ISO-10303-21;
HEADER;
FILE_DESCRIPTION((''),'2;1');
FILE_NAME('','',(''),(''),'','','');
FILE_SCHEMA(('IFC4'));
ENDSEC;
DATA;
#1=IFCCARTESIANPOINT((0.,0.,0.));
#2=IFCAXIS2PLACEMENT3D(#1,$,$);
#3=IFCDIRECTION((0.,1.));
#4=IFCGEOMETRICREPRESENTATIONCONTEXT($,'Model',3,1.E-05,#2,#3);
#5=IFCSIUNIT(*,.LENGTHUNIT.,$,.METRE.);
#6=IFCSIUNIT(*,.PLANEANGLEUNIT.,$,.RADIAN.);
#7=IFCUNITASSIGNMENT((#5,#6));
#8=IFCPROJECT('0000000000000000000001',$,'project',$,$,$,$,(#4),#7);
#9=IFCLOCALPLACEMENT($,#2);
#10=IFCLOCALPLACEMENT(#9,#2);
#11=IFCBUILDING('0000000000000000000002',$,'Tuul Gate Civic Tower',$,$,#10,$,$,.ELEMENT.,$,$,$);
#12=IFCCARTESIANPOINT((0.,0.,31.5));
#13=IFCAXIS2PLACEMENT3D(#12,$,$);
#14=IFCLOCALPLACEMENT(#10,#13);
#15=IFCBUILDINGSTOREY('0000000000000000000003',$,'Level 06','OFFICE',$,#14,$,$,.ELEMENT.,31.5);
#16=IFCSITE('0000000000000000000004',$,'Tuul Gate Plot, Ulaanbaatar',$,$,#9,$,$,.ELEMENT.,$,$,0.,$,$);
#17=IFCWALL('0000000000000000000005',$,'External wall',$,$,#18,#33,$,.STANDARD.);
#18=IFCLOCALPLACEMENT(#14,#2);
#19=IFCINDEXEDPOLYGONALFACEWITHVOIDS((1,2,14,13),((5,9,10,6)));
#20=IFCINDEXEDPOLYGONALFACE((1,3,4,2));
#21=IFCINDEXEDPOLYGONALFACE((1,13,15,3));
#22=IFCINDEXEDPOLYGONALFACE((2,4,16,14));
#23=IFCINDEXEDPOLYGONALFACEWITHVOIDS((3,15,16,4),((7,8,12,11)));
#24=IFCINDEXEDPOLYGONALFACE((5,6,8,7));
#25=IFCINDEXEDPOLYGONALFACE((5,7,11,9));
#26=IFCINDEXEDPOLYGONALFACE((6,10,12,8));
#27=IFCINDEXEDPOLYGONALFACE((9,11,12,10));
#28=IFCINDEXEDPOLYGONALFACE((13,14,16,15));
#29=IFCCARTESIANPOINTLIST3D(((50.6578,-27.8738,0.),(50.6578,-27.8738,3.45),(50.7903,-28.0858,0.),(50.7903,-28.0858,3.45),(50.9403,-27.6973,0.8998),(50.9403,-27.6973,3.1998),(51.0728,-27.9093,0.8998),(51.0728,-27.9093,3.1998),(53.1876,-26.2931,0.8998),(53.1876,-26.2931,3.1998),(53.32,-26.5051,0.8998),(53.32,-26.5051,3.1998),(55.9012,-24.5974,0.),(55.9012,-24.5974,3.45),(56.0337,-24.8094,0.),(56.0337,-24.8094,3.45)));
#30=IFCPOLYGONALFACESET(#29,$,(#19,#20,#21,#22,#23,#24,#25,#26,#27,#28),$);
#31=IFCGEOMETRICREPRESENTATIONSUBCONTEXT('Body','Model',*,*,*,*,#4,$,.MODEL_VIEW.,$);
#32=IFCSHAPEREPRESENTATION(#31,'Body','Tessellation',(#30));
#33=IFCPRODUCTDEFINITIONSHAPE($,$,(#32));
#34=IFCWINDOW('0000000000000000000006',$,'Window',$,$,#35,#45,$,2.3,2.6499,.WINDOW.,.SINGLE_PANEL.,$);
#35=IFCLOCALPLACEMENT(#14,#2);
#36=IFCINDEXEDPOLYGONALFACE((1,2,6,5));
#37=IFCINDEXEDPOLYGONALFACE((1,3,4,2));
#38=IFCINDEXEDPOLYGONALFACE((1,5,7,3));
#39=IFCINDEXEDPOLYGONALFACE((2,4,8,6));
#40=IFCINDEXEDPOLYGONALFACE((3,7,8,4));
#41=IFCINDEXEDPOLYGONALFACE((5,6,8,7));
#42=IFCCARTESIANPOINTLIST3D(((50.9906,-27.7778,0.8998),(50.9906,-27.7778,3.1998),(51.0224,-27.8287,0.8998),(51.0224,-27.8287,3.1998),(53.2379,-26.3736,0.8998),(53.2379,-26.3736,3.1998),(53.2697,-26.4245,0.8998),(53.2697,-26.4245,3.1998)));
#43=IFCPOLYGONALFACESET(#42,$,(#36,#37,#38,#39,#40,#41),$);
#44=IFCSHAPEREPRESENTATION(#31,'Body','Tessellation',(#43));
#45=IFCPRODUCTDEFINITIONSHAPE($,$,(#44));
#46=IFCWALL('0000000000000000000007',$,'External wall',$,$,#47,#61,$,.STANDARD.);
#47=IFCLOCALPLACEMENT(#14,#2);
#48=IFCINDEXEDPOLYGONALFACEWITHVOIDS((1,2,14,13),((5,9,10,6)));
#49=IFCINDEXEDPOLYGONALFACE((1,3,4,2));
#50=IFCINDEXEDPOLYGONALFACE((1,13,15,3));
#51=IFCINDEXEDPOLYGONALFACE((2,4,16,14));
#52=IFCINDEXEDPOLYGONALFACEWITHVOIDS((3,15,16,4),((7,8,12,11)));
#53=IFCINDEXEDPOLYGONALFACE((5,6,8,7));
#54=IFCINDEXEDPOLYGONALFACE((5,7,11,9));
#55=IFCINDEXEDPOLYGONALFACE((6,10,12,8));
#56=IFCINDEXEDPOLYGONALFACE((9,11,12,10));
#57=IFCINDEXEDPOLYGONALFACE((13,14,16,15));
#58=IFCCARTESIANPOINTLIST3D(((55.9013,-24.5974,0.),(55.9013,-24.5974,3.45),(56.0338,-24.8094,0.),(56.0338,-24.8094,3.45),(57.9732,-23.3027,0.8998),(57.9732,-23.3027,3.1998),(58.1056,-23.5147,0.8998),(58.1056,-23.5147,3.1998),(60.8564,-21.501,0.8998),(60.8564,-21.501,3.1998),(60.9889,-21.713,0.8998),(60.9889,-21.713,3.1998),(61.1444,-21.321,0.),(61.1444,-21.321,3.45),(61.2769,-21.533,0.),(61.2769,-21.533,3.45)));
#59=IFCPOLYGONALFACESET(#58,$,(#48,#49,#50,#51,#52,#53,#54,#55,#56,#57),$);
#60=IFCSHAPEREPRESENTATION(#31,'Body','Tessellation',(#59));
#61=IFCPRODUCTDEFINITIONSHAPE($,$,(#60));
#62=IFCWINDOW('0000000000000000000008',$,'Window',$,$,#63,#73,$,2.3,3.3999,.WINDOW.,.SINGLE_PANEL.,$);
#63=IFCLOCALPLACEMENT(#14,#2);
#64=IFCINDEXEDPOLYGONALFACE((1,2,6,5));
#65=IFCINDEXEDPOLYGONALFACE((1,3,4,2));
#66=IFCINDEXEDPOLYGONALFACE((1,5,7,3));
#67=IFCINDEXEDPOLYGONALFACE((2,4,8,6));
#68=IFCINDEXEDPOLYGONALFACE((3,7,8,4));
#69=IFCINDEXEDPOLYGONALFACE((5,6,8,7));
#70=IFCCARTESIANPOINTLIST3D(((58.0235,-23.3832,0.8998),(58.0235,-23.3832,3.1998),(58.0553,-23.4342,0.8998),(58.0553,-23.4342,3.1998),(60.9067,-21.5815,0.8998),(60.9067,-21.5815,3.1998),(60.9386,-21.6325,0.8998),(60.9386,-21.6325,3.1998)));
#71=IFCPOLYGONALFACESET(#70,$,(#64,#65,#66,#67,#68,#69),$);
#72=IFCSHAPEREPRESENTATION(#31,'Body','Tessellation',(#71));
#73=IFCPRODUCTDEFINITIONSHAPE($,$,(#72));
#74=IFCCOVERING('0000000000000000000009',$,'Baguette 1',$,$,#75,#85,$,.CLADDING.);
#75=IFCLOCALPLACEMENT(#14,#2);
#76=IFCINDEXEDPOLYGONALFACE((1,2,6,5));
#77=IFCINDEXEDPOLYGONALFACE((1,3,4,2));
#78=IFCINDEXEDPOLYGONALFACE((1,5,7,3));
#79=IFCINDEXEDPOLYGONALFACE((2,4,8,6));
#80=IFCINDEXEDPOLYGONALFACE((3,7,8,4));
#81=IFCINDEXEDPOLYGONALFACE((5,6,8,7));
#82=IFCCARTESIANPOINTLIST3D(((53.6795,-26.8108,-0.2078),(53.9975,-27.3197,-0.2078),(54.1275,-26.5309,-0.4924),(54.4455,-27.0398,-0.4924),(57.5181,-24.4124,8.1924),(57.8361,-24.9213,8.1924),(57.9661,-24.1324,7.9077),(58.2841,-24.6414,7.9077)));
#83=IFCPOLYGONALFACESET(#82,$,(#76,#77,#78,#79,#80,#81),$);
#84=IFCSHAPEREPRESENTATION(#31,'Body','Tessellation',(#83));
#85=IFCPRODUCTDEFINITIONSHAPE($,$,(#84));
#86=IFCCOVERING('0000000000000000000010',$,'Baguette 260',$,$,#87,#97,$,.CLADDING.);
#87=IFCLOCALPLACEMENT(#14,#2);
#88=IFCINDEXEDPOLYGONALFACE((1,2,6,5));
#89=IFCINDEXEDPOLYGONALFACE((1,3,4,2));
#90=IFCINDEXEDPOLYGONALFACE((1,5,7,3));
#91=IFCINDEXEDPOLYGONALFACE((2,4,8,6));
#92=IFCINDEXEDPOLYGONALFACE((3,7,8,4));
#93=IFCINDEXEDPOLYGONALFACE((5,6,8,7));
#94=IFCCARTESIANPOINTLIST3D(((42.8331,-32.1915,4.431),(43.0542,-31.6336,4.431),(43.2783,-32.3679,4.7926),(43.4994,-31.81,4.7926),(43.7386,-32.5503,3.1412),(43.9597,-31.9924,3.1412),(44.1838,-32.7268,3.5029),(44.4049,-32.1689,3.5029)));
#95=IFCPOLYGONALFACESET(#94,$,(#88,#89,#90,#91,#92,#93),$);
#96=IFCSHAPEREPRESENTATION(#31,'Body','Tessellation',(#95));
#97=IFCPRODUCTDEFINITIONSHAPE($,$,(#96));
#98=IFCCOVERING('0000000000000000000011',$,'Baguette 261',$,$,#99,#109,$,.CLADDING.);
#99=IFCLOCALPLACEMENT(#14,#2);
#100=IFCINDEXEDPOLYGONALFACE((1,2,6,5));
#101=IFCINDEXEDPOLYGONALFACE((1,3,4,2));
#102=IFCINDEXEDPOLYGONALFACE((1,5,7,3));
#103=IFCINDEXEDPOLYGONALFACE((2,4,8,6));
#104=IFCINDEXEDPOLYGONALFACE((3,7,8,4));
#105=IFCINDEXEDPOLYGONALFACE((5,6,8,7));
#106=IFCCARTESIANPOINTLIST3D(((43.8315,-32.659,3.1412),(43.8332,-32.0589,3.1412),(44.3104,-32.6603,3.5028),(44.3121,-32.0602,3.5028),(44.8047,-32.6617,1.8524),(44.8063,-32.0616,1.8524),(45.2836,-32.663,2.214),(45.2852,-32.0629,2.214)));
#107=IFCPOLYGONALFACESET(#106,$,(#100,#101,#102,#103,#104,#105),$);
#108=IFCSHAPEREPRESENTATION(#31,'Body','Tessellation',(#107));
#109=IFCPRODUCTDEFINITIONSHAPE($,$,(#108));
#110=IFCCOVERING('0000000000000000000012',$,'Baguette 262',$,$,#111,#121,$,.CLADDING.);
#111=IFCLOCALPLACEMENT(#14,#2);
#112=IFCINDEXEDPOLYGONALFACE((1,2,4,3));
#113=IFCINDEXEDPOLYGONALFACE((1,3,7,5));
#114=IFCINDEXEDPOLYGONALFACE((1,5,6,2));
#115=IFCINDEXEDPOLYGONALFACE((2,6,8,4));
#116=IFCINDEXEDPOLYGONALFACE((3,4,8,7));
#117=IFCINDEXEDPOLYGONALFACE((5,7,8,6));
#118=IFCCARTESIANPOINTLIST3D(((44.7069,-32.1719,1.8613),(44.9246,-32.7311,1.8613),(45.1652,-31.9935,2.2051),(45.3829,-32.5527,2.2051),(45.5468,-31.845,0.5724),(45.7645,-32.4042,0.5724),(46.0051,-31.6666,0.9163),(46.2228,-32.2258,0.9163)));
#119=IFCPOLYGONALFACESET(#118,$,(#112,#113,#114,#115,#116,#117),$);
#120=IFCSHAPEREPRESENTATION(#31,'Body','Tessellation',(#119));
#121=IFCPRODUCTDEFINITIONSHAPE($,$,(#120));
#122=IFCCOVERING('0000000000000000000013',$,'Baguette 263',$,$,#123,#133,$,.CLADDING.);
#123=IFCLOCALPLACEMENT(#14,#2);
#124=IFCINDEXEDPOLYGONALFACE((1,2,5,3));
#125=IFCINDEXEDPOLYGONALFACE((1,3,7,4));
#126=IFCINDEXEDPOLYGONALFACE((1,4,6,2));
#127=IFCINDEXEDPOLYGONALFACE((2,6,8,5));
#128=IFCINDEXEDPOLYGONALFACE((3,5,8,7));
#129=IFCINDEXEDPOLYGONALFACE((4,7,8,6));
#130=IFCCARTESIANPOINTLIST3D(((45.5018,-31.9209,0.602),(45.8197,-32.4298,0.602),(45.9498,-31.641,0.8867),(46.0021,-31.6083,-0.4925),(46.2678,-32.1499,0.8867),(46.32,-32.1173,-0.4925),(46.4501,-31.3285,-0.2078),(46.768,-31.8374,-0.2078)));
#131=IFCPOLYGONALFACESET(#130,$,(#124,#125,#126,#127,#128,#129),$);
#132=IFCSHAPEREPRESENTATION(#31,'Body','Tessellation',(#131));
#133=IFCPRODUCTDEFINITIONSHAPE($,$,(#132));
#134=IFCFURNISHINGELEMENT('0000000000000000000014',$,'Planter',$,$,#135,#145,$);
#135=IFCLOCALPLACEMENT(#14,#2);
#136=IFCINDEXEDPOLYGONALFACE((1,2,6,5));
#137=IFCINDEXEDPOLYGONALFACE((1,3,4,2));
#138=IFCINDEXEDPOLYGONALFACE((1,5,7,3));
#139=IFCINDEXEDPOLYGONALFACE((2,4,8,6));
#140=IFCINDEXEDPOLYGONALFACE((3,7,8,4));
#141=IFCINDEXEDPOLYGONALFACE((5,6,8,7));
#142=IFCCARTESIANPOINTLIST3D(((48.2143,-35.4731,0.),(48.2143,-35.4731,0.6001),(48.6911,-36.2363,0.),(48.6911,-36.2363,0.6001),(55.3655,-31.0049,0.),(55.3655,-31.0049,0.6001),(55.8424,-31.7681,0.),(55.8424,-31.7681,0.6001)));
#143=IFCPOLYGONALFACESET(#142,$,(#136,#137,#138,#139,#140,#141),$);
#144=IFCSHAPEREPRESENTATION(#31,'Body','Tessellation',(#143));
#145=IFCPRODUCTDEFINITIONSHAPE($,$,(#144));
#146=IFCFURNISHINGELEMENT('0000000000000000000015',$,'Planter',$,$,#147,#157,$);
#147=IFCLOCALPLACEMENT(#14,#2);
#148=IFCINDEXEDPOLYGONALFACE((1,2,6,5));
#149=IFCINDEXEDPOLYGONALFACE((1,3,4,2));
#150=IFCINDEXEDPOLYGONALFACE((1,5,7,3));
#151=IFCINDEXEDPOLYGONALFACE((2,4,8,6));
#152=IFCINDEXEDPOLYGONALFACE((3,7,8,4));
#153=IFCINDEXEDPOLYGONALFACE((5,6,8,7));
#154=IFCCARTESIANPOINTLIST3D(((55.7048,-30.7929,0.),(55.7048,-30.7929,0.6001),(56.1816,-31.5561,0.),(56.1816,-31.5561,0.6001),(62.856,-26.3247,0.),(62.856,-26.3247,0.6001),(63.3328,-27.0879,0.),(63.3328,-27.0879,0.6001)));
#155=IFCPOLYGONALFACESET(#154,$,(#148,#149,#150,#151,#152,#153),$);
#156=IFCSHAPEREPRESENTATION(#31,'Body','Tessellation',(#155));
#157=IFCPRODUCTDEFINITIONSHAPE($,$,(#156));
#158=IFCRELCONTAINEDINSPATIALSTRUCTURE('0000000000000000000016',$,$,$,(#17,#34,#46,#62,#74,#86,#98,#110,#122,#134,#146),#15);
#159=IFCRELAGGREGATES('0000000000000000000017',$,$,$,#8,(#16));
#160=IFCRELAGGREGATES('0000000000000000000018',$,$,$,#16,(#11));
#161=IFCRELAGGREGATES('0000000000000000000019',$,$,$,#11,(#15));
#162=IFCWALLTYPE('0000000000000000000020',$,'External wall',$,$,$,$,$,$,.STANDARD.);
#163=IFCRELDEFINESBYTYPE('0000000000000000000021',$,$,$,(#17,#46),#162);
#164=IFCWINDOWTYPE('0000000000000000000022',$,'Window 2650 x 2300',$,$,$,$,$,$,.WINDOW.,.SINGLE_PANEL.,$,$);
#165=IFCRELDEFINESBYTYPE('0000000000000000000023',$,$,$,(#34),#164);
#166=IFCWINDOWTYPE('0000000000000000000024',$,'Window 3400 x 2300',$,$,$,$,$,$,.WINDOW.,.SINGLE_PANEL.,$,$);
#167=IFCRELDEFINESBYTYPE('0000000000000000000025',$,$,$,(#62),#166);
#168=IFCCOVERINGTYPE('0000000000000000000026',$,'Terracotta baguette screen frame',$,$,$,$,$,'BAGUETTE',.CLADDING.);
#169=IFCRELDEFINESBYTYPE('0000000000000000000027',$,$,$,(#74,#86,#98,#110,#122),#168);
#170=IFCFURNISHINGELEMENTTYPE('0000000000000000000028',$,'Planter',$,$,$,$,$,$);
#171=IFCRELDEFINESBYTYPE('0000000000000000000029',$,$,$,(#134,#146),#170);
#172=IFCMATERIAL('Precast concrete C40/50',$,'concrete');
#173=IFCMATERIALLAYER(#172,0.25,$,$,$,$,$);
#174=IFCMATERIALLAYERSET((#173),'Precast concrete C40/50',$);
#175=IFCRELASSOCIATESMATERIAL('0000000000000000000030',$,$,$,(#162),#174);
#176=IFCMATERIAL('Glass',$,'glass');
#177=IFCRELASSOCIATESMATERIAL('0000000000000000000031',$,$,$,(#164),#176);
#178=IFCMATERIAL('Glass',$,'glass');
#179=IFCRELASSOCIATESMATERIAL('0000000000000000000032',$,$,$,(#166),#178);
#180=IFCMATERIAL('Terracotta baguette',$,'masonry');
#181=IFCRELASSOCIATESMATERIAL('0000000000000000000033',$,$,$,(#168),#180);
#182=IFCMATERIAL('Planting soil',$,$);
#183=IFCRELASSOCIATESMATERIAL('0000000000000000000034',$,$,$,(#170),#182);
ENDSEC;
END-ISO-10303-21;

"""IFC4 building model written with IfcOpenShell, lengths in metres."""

from ifc_helpers import new_model, si_unit, direction, frame, frame_2d, origin, origin_2d, place, context, subcontext, project, spatial, rectangle, extrude, material, layer, layer_set, material_profile, profile_set, type_object, element, fill, save


model = new_model("IFC4")

# Units and contexts
model_context = context("Model", 3, precision=1e-05, world=origin(), true_north=direction((0.0, 1.0)))
body_context = subcontext(model_context, "Body", "Model", "MODEL_VIEW")
ifc_project = project(units=[si_unit("LENGTHUNIT", "METRE"), si_unit("PLANEANGLEUNIT", "RADIAN")], contexts=[model_context])

# Site, building, storey
site_placement = place(None, origin())
site = spatial("IfcSite", under=ifc_project, at=site_placement, Name="Tuul Gate Plot, Ulaanbaatar", CompositionType="ELEMENT", RefElevation=0.0)
building_placement = place(site_placement, origin())
building = spatial("IfcBuilding", under=site, at=building_placement, Name="Tuul Gate Civic Tower", CompositionType="ELEMENT")
storey_placement = place(building_placement, frame((0.0, 0.0, 31.5)))
storey = spatial("IfcBuildingStorey", under=building, at=storey_placement, Name="Level 06", Description="OFFICE", CompositionType="ELEMENT", Elevation=31.5)

# Shared definitions
ifc_material_1 = material(Name="Precast concrete C40/50", Category="concrete")
ifc_layer_1 = layer(ifc_material_1, 0.25)
ifc_layer_set_1 = layer_set([ifc_layer_1], Name="Precast concrete C40/50")
wall_type_1 = type_object("IfcWallType", Name="External wall", PredefinedType="STANDARD", material=ifc_layer_set_1)

# Walls, openings, windows
wall_1_placement = place(storey_placement, frame((50.7241, -27.9797, 0.0), z_axis=(0.0, 0.0, 1.0), x_axis=(0.848054, 0.52991, 0.0)))
wall_1 = element("IfcWall", 1, at=wall_1_placement, inside=storey, type_object=wall_type_1, Name="External wall", PredefinedType="STANDARD", context=body_context, shape_type="SweptSolid", body=[
    extrude(rectangle(XDim=6.1829, YDim=0.25, at=frame_2d((3.0913, 0.0))), origin(), (0.0, 0.0, 1.0), 3.45),
])
opening_1_placement = place(wall_1_placement, frame((0.333, 0.0, 0.8999)))
opening_1 = element("IfcOpeningElement", 2, at=opening_1_placement, cuts=wall_1, PredefinedType="OPENING", context=body_context, shape_type="SweptSolid", body=[
    extrude(rectangle(XDim=2.6499, YDim=2.3, at=frame_2d((1.325, 1.1499))), frame((0.0, 0.135, 0.0), z_axis=(0.0, -1.0, 0.0), x_axis=(1.0, 0.0, 0.0)), (0.0, 0.0, 1.0), 0.27),
])
ifc_material_2 = material(Name="Glass", Category="glass")
window_type_1 = type_object("IfcWindowType", Name="Window 2650 x 2300", PartitioningType="SINGLE_PANEL", PredefinedType="WINDOW", material=ifc_material_2)
window_1_placement = place(opening_1_placement, origin())
window_1 = element("IfcWindow", 3, at=window_1_placement, inside=storey, type_object=window_type_1, Name="Window", OverallHeight=2.3, OverallWidth=2.6499, PartitioningType="SINGLE_PANEL", PredefinedType="WINDOW", context=body_context, shape_type="SweptSolid", body=[
    extrude(rectangle(XDim=2.6499, YDim=2.3, at=frame_2d((1.325, 1.1499))), frame((0.0, 0.03, 0.0), z_axis=(0.0, -1.0, 0.0), x_axis=(1.0, 0.0, 0.0)), (0.0, 0.0, 1.0), 0.0601),
])
fill(opening_1, window_1)
wall_2_placement = place(storey_placement, frame((55.9675, -24.7034, 0.0), z_axis=(0.0, 0.0, 1.0), x_axis=(0.848043, 0.529928, 0.0)))
wall_2 = element("IfcWall", 4, at=wall_2_placement, inside=storey, type_object=wall_type_1, Name="External wall", PredefinedType="STANDARD", context=body_context, shape_type="SweptSolid", body=[
    extrude(rectangle(XDim=6.1826, YDim=0.25, at=frame_2d((3.0913, 0.0))), origin(), (0.0, 0.0, 1.0), 3.45),
])
opening_2_placement = place(wall_2_placement, frame((2.4431, 0.0, 0.8999)))
opening_2 = element("IfcOpeningElement", 5, at=opening_2_placement, cuts=wall_2, PredefinedType="OPENING", context=body_context, shape_type="SweptSolid", body=[
    extrude(rectangle(XDim=3.3999, YDim=2.3, at=frame_2d((1.7, 1.1499))), frame((0.0, 0.135, 0.0), z_axis=(0.0, -1.0, 0.0), x_axis=(1.0, 0.0, 0.0)), (0.0, 0.0, 1.0), 0.27),
])
ifc_material_3 = material(Name="Glass", Category="glass")
window_type_2 = type_object("IfcWindowType", Name="Window 3400 x 2300", PartitioningType="SINGLE_PANEL", PredefinedType="WINDOW", material=ifc_material_3)
window_2_placement = place(opening_2_placement, origin())
window_2 = element("IfcWindow", 6, at=window_2_placement, inside=storey, type_object=window_type_2, Name="Window", OverallHeight=2.3, OverallWidth=3.3999, PartitioningType="SINGLE_PANEL", PredefinedType="WINDOW", context=body_context, shape_type="SweptSolid", body=[
    extrude(rectangle(XDim=3.3999, YDim=2.3, at=frame_2d((1.7, 1.1499))), frame((0.0, 0.03, 0.0), z_axis=(0.0, -1.0, 0.0), x_axis=(1.0, 0.0, 0.0)), (0.0, 0.0, 1.0), 0.0601),
])
fill(opening_2, window_2)

# Coverings
ifc_material_4 = material(Name="Terracotta baguette", Category="masonry")
ifc_material_profile_1 = material_profile(ifc_material_4, rectangle(XDim=0.6001, YDim=0.6001, at=origin_2d()), Name="Terracotta baguette screen frame")
ifc_profile_set_1 = profile_set([ifc_material_profile_1], Name="Terracotta baguette")
covering_type = type_object("IfcCoveringType", Name="Terracotta baguette screen frame", ElementType="BAGUETTE", PredefinedType="CLADDING", material=ifc_profile_set_1)
covering_1_placement = place(storey_placement, frame((54.0625, -26.9253, -0.3501), z_axis=(0.402287, 0.251356, 0.880333), x_axis=(-0.529887, 0.848068, 0.0)))
element("IfcCovering", 7, at=covering_1_placement, inside=storey, type_object=covering_type, Name="Baguette 1", PredefinedType="CLADDING", context=body_context, shape_type="SweptSolid", body=[
    extrude(rectangle(XDim=0.6001, YDim=0.6001, at=origin_2d()), origin(), (0.0, 0.0, 1.0), 9.542),
])
covering_2_placement = place(storey_placement, frame((43.1663, -32.0007, 4.6118), z_axis=(0.560251, -0.222046, -0.798006), x_axis=(0.36845, 0.929647, 0.0)))
element("IfcCovering", 8, at=covering_2_placement, inside=storey, type_object=covering_type, Name="Baguette 260", PredefinedType="CLADDING", context=body_context, shape_type="SweptSolid", body=[
    extrude(rectangle(XDim=0.6001, YDim=0.6001, at=origin_2d()), origin(), (0.0, 0.0, 1.0), 1.6162),
])
covering_3_placement = place(storey_placement, frame((44.0718, -32.3596, 3.322), z_axis=(0.602584, -0.001663, -0.798054), x_axis=(0.00276, 0.999996, 0.0)))
element("IfcCovering", 9, at=covering_3_placement, inside=storey, type_object=covering_type, Name="Baguette 261", PredefinedType="CLADDING", context=body_context, shape_type="SweptSolid", body=[
    extrude(rectangle(XDim=0.6001, YDim=0.6001, at=origin_2d()), origin(), (0.0, 0.0, 1.0), 1.615),
])
covering_4_placement = place(storey_placement, frame((45.0449, -32.3623, 2.0332), z_axis=(0.534028, 0.207867, -0.819515), x_axis=(-0.362734, 0.931893, 0.0)))
element("IfcCovering", 10, at=covering_4_placement, inside=storey, type_object=covering_type, Name="Baguette 262", PredefinedType="CLADDING", context=body_context, shape_type="SweptSolid", body=[
    extrude(rectangle(XDim=0.6001, YDim=0.6001, at=origin_2d()), origin(), (0.0, 0.0, 1.0), 1.5728),
])
covering_5_placement = place(storey_placement, frame((45.8848, -32.0354, 0.7444), z_axis=(0.402352, 0.251347, -0.880305), x_axis=(-0.529813, 0.848115, 0.0)))
element("IfcCovering", 11, at=covering_5_placement, inside=storey, type_object=covering_type, Name="Baguette 263", PredefinedType="CLADDING", context=body_context, shape_type="SweptSolid", body=[
    extrude(rectangle(XDim=0.6001, YDim=0.6001, at=origin_2d()), origin(), (0.0, 0.0, 1.0), 1.2434),
])

# Furnishing elements
ifc_material_5 = material(Name="Planting soil")
furnishing_element_type = type_object("IfcFurnishingElementType", Name="Planter", material=ifc_material_5)
for number, where, z_axis, x_axis, name in (
    (12, (52.0283, -33.6206, 0.0), (0.0, 0.0, 1.0), (0.84807, 0.529885, 0.0), "Planter"),
    (13, (59.5188, -28.9404, 0.0), (0.0, 0.0, 1.0), (0.84807, 0.529885, 0.0), "Planter"),
):
    element("IfcFurnishingElement", number, at=place(storey_placement, frame(where, z_axis=z_axis, x_axis=x_axis)), inside=storey, type_object=furnishing_element_type, Name=name, context=body_context, shape_type="SweptSolid", body=[
        extrude(rectangle(XDim=8.4324, YDim=0.8999, at=origin_2d()), origin(), (0.0, 0.0, 1.0), 0.6001),
    ])

save(model, "model.ifc")
